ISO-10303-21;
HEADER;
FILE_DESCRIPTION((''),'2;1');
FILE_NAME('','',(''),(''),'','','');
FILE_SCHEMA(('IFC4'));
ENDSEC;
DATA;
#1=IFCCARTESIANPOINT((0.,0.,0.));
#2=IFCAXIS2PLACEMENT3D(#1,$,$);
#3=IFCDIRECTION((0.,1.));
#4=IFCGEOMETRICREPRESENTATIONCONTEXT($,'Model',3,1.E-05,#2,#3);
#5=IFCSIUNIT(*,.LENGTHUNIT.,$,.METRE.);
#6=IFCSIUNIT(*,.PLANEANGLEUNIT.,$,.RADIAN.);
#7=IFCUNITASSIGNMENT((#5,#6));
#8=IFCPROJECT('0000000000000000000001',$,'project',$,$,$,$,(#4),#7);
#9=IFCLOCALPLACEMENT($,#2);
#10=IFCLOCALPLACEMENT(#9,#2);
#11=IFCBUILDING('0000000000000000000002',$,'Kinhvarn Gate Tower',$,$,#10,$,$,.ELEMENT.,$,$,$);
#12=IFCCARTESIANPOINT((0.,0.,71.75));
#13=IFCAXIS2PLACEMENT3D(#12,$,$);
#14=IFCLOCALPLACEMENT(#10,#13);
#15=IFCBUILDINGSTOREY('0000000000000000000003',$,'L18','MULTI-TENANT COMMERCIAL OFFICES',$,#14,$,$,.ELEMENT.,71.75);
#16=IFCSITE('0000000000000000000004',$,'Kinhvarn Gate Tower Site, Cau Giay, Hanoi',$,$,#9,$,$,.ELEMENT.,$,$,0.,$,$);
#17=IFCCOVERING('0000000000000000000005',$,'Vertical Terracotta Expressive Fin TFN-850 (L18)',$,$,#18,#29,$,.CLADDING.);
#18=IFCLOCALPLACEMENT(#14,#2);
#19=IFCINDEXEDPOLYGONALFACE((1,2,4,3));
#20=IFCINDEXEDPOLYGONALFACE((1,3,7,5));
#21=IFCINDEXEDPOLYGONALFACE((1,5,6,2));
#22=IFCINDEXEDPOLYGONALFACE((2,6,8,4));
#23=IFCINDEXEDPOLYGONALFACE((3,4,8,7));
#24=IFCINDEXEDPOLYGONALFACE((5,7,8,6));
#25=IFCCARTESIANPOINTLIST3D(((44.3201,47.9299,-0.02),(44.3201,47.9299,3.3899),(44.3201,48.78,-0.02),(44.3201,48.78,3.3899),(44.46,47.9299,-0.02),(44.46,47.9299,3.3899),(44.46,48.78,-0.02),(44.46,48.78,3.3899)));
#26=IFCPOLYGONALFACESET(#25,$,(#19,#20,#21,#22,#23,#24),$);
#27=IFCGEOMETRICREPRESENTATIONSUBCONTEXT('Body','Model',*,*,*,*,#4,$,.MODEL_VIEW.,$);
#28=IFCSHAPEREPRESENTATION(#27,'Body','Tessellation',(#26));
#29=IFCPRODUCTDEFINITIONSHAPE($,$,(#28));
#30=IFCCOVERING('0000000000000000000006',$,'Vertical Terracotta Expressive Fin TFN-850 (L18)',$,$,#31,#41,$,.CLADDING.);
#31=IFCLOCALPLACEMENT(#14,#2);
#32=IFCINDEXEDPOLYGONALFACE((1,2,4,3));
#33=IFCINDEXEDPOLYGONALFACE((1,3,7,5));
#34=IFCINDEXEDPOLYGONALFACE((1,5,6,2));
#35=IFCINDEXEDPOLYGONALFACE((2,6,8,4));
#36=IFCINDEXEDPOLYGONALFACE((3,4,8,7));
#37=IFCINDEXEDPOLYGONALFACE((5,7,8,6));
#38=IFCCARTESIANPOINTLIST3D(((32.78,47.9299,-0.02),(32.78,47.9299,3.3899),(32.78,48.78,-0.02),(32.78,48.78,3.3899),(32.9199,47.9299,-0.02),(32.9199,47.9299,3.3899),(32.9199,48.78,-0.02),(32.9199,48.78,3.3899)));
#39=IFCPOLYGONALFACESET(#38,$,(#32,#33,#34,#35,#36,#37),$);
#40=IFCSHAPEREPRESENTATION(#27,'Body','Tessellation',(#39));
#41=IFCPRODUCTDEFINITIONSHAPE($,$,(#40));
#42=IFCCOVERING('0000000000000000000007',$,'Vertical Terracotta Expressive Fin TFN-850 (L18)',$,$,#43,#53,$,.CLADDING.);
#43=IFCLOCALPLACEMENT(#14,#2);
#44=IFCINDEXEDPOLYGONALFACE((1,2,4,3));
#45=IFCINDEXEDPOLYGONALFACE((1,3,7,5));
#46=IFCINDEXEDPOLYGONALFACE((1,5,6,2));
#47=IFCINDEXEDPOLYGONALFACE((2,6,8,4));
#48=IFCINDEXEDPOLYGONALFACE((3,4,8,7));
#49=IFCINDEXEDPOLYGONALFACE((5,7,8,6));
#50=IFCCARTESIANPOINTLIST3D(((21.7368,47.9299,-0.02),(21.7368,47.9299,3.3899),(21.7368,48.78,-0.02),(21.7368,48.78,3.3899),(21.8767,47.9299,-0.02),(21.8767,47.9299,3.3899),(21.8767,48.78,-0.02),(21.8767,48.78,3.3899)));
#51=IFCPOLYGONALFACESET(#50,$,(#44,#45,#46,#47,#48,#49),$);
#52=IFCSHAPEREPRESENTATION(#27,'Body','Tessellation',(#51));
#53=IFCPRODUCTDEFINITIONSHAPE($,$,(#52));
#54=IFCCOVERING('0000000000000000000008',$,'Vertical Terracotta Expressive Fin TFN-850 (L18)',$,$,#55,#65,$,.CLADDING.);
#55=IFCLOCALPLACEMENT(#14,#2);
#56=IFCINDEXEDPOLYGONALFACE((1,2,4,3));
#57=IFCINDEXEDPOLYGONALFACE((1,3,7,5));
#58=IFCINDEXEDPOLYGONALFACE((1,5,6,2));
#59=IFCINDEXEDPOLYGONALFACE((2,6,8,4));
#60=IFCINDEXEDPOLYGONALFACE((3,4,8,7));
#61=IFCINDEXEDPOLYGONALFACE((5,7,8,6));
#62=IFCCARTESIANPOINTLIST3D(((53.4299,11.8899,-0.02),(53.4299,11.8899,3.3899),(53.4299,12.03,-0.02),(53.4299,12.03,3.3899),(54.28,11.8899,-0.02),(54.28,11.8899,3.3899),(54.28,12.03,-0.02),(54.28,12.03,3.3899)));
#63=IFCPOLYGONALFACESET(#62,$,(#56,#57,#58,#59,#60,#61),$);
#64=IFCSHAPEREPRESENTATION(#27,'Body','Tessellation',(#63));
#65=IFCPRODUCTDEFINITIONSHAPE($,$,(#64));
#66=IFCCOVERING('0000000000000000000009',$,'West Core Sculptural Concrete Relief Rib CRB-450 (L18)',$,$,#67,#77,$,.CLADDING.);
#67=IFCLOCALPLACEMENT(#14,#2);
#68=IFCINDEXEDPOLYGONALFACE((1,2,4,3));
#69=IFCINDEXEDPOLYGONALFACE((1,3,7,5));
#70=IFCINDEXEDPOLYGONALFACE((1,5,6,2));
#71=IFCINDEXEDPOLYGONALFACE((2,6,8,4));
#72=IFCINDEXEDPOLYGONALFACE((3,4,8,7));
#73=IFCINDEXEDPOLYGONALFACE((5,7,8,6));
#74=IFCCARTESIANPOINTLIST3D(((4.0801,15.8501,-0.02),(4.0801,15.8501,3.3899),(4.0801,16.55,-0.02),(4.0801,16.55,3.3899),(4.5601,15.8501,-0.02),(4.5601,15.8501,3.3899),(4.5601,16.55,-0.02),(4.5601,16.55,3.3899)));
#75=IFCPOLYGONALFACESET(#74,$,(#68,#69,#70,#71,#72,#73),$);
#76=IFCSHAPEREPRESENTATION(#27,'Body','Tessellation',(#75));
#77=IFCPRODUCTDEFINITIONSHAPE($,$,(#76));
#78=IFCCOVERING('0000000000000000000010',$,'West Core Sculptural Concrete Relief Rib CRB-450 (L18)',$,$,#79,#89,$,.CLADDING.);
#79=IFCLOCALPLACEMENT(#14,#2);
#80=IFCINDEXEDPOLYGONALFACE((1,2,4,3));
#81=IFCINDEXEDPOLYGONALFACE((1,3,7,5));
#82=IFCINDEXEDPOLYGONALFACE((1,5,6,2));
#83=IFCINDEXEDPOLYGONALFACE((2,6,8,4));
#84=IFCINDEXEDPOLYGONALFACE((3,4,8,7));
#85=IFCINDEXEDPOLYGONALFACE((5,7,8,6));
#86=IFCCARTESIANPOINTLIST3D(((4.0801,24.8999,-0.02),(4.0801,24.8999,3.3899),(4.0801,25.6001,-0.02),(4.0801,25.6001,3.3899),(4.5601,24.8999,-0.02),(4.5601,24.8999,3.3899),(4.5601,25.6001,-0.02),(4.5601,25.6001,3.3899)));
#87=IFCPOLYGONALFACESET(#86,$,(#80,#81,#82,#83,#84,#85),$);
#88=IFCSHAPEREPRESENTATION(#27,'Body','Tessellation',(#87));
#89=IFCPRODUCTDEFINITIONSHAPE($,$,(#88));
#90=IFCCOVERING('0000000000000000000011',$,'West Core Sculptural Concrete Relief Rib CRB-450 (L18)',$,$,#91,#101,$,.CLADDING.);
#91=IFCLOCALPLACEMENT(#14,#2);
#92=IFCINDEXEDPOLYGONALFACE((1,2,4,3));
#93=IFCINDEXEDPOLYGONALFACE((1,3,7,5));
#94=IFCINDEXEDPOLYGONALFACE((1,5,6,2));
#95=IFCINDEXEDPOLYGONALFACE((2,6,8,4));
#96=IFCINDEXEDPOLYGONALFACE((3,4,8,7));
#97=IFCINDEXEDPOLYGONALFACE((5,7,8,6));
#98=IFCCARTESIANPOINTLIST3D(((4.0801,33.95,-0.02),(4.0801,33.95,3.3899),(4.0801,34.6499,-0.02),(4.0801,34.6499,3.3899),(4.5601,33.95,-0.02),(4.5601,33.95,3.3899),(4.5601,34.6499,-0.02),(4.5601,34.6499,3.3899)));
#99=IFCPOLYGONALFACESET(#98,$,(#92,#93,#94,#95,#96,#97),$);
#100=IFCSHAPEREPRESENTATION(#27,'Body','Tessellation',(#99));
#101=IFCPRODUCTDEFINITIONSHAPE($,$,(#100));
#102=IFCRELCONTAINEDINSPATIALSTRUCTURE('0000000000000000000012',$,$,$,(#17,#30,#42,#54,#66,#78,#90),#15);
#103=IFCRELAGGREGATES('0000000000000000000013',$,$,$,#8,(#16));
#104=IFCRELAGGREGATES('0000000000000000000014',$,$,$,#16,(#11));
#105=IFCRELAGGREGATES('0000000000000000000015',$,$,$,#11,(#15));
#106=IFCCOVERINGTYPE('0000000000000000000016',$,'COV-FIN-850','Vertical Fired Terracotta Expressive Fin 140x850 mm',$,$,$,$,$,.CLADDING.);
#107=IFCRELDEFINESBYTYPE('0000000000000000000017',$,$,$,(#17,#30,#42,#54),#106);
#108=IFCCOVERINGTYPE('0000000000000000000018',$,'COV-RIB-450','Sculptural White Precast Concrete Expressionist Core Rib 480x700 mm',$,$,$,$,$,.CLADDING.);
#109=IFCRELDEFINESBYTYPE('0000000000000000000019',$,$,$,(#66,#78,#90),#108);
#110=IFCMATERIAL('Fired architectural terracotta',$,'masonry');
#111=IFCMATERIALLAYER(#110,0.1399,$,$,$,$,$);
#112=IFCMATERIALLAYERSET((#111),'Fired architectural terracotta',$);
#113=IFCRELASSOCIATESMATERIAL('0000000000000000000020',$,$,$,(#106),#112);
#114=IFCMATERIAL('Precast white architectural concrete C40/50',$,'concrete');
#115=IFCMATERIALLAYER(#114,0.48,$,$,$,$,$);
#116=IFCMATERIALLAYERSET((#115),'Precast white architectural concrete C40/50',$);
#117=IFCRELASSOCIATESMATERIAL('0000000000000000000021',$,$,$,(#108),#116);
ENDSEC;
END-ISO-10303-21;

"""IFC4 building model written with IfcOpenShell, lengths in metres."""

from ifc_helpers import new_model, si_unit, direction, frame, origin, place, context, subcontext, project, spatial, polyline, outline, extrude, material, layer, layer_set, type_object, element, save


model = new_model("IFC4")

# Units and contexts
model_context = context("Model", 3, precision=1e-05, world=origin(), true_north=direction((0.0, 1.0)))
body_context = subcontext(model_context, "Body", "Model", "MODEL_VIEW")
ifc_project = project(units=[si_unit("LENGTHUNIT", "METRE"), si_unit("PLANEANGLEUNIT", "RADIAN")], contexts=[model_context])

# Site, building, storey
site_placement = place(None, origin())
site = spatial("IfcSite", under=ifc_project, at=site_placement, Name="Kinhvarn Gate Tower Site, Cau Giay, Hanoi", CompositionType="ELEMENT", RefElevation=0.0)
building_placement = place(site_placement, origin())
building = spatial("IfcBuilding", under=site, at=building_placement, Name="Kinhvarn Gate Tower", CompositionType="ELEMENT")
storey_placement = place(building_placement, frame((0.0, 0.0, 71.75)))
storey = spatial("IfcBuildingStorey", under=building, at=storey_placement, Name="L18", Description="MULTI-TENANT COMMERCIAL OFFICES", CompositionType="ELEMENT", Elevation=71.75)

# Shared definitions
ifc_material_1 = material(Name="Precast white architectural concrete C40/50", Category="concrete")

# Coverings
ifc_material_2 = material(Name="Fired architectural terracotta", Category="masonry")
ifc_layer_1 = layer(ifc_material_2, 0.1399)
ifc_layer_set_1 = layer_set([ifc_layer_1], Name="Fired architectural terracotta")
covering_type_1 = type_object("IfcCoveringType", Name="COV-FIN-850", Description="Vertical Fired Terracotta Expressive Fin 140x850 mm", PredefinedType="CLADDING", material=ifc_layer_set_1)
covering_1_placement = place(storey_placement, frame((0.0, 0.0, -0.02)))
element("IfcCovering", 1, at=covering_1_placement, inside=storey, type_object=covering_type_1, Name="Vertical Terracotta Expressive Fin TFN-850 (L18)", PredefinedType="CLADDING", context=body_context, shape_type="SweptSolid", body=[
    extrude(outline(polyline([(44.46, 47.9299), (44.3201, 47.9299), (44.3201, 48.78), (44.46, 48.78), (44.46, 47.9299)])), origin(), (0.0, 0.0, 1.0), 3.4099),
])
covering_2_placement = place(storey_placement, frame((0.0, 0.0, -0.02)))
element("IfcCovering", 2, at=covering_2_placement, inside=storey, type_object=covering_type_1, Name="Vertical Terracotta Expressive Fin TFN-850 (L18)", PredefinedType="CLADDING", context=body_context, shape_type="SweptSolid", body=[
    extrude(outline(polyline([(32.9199, 47.9299), (32.78, 47.9299), (32.78, 48.78), (32.9199, 48.78), (32.9199, 47.9299)])), origin(), (0.0, 0.0, 1.0), 3.4099),
])
covering_3_placement = place(storey_placement, frame((0.0, 0.0, -0.02)))
element("IfcCovering", 3, at=covering_3_placement, inside=storey, type_object=covering_type_1, Name="Vertical Terracotta Expressive Fin TFN-850 (L18)", PredefinedType="CLADDING", context=body_context, shape_type="SweptSolid", body=[
    extrude(outline(polyline([(21.8767, 47.9299), (21.7368, 47.9299), (21.7368, 48.78), (21.8767, 48.78), (21.8767, 47.9299)])), origin(), (0.0, 0.0, 1.0), 3.4099),
])
covering_4_placement = place(storey_placement, frame((0.0, 0.0, -0.02)))
element("IfcCovering", 4, at=covering_4_placement, inside=storey, type_object=covering_type_1, Name="Vertical Terracotta Expressive Fin TFN-850 (L18)", PredefinedType="CLADDING", context=body_context, shape_type="SweptSolid", body=[
    extrude(outline(polyline([(53.4299, 11.8899), (53.4299, 12.03), (54.28, 12.03), (54.28, 11.8899), (53.4299, 11.8899)])), origin(), (0.0, 0.0, 1.0), 3.4099),
])
ifc_layer_2 = layer(ifc_material_1, 0.48)
ifc_layer_set_2 = layer_set([ifc_layer_2], Name="Precast white architectural concrete C40/50")
covering_type_2 = type_object("IfcCoveringType", Name="COV-RIB-450", Description="Sculptural White Precast Concrete Expressionist Core Rib 480x700 mm", PredefinedType="CLADDING", material=ifc_layer_set_2)
covering_5_placement = place(storey_placement, frame((0.0, 0.0, -0.02)))
element("IfcCovering", 5, at=covering_5_placement, inside=storey, type_object=covering_type_2, Name="West Core Sculptural Concrete Relief Rib CRB-450 (L18)", PredefinedType="CLADDING", context=body_context, shape_type="SweptSolid", body=[
    extrude(outline(polyline([(4.0801, 15.8501), (4.5601, 15.8501), (4.5601, 16.55), (4.0801, 16.55), (4.0801, 15.8501)])), origin(), (0.0, 0.0, 1.0), 3.4099),
])
covering_6_placement = place(storey_placement, frame((0.0, 0.0, -0.02)))
element("IfcCovering", 6, at=covering_6_placement, inside=storey, type_object=covering_type_2, Name="West Core Sculptural Concrete Relief Rib CRB-450 (L18)", PredefinedType="CLADDING", context=body_context, shape_type="SweptSolid", body=[
    extrude(outline(polyline([(4.0801, 24.8999), (4.5601, 24.8999), (4.5601, 25.6001), (4.0801, 25.6001), (4.0801, 24.8999)])), origin(), (0.0, 0.0, 1.0), 3.4099),
])
covering_7_placement = place(storey_placement, frame((0.0, 0.0, -0.02)))
element("IfcCovering", 7, at=covering_7_placement, inside=storey, type_object=covering_type_2, Name="West Core Sculptural Concrete Relief Rib CRB-450 (L18)", PredefinedType="CLADDING", context=body_context, shape_type="SweptSolid", body=[
    extrude(outline(polyline([(4.0801, 33.95), (4.5601, 33.95), (4.5601, 34.6499), (4.0801, 34.6499), (4.0801, 33.95)])), origin(), (0.0, 0.0, 1.0), 3.4099),
])

save(model, "model.ifc")
